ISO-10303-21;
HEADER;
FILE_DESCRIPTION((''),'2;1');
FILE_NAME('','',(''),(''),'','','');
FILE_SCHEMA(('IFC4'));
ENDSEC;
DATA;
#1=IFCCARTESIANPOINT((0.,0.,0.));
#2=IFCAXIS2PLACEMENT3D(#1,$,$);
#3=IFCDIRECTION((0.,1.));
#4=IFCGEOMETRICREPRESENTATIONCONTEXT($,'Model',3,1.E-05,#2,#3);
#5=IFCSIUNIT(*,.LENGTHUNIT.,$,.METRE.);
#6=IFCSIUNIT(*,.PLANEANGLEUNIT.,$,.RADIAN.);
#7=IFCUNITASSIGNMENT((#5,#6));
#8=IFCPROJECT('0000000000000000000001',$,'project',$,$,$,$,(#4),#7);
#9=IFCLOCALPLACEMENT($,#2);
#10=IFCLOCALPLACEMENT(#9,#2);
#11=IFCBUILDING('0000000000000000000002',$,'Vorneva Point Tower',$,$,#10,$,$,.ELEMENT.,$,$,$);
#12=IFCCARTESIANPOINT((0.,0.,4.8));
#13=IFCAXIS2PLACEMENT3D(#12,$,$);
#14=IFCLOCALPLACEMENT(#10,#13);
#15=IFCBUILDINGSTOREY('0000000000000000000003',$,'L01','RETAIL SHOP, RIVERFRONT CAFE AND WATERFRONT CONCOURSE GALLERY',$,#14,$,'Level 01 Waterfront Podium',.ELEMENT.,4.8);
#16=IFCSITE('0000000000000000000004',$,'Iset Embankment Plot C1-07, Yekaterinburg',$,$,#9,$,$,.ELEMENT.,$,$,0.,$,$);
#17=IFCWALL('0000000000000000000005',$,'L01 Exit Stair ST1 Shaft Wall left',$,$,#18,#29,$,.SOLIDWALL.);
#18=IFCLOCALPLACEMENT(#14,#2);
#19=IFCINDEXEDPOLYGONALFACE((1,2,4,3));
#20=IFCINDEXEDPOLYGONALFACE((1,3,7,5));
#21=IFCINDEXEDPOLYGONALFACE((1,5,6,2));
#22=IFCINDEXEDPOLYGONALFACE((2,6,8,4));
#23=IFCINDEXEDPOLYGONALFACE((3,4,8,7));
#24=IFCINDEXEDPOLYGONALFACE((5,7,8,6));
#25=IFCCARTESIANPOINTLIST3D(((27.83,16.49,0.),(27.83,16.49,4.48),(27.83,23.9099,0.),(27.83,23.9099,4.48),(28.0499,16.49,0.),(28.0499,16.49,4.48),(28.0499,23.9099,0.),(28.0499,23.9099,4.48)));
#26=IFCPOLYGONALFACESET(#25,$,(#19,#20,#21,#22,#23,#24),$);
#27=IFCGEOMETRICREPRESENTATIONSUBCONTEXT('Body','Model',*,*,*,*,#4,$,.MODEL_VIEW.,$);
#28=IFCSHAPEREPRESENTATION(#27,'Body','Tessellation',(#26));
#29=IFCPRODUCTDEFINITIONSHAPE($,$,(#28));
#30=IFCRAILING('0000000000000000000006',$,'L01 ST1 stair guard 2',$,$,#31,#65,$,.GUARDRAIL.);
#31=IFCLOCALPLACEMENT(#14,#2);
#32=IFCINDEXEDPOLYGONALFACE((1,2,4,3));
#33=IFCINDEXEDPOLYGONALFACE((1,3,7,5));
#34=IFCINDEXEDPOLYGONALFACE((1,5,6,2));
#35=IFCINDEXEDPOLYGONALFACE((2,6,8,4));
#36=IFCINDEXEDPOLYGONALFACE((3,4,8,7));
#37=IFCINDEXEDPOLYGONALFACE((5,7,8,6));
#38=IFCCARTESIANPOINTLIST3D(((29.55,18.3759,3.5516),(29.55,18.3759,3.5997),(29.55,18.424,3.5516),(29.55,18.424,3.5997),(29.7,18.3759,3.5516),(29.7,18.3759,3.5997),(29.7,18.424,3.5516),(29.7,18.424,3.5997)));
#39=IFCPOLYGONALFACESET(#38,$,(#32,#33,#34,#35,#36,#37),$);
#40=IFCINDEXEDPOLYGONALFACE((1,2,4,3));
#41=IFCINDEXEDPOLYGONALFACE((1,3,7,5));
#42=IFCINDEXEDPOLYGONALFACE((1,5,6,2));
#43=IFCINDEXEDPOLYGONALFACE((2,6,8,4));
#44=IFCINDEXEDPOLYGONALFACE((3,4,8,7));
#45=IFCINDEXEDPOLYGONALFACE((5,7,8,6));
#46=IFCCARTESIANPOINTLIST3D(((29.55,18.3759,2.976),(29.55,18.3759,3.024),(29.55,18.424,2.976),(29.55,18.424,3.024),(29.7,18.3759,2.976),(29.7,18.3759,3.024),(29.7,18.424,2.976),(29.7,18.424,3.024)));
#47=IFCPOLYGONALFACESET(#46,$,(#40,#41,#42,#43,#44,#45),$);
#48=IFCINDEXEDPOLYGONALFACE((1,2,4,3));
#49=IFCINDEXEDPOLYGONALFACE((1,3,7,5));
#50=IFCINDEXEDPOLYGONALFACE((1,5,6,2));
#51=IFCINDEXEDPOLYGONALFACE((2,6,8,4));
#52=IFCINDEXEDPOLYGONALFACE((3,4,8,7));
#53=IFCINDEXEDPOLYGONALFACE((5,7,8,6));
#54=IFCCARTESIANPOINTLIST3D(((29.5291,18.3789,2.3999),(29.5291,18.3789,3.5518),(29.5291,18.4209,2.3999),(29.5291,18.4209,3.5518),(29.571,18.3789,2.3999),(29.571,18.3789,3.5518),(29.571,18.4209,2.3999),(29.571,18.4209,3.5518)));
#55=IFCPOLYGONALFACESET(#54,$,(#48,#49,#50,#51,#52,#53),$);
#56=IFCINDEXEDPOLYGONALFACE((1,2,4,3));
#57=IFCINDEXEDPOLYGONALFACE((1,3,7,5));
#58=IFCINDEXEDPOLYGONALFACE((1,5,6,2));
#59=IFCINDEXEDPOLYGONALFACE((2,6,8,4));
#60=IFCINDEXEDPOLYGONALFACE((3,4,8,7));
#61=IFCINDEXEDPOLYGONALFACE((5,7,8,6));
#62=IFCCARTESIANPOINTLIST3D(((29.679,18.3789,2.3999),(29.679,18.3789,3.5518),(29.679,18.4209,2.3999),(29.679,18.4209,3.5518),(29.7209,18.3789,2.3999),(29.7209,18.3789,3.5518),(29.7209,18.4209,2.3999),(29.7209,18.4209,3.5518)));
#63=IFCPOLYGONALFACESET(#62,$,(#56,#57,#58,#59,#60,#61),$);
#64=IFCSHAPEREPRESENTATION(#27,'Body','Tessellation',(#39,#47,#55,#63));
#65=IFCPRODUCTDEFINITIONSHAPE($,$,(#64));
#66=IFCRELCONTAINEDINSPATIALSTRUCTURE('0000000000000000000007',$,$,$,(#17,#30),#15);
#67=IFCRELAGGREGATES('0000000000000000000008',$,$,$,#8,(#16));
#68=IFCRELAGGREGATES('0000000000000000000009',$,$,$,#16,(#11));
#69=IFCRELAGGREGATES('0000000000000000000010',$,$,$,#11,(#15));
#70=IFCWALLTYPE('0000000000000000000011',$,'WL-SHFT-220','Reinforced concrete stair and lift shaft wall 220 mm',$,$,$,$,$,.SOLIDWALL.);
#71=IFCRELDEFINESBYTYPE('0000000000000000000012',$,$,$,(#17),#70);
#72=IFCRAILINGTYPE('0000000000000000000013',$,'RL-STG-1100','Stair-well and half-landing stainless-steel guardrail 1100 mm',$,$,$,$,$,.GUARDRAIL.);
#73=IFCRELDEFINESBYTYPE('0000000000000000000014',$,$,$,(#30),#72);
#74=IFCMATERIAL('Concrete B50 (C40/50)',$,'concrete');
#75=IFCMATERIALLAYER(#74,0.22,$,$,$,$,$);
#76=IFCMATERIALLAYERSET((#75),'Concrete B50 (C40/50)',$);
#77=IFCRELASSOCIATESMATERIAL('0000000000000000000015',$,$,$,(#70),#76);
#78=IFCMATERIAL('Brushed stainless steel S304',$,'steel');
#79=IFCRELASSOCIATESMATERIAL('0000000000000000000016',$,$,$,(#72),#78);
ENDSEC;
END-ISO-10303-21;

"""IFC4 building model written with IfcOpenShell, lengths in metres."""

from ifc_helpers import new_model, si_unit, direction, frame, frame_2d, origin, origin_2d, place, context, subcontext, project, spatial, rectangle, extrude, material, layer, layer_set, type_object, element, save


model = new_model("IFC4")

# Units and contexts
model_context = context("Model", 3, precision=1e-05, world=origin(), true_north=direction((0.0, 1.0)))
body_context = subcontext(model_context, "Body", "Model", "MODEL_VIEW")
ifc_project = project(units=[si_unit("LENGTHUNIT", "METRE"), si_unit("PLANEANGLEUNIT", "RADIAN")], contexts=[model_context])

# Site, building, storey
site_placement = place(None, origin())
site = spatial("IfcSite", under=ifc_project, at=site_placement, Name="Iset Embankment Plot C1-07, Yekaterinburg", CompositionType="ELEMENT", RefElevation=0.0)
building_placement = place(site_placement, origin())
building = spatial("IfcBuilding", under=site, at=building_placement, Name="Vorneva Point Tower", CompositionType="ELEMENT")
storey_placement = place(building_placement, frame((0.0, 0.0, 4.8)))
storey = spatial("IfcBuildingStorey", under=building, at=storey_placement, Name="L01", Description="RETAIL SHOP, RIVERFRONT CAFE AND WATERFRONT CONCOURSE GALLERY", LongName="Level 01 Waterfront Podium", CompositionType="ELEMENT", Elevation=4.8)

# Wall
ifc_material_1 = material(Name="Concrete B50 (C40/50)", Category="concrete")
ifc_layer_1 = layer(ifc_material_1, 0.22)
ifc_layer_set_1 = layer_set([ifc_layer_1], Name="Concrete B50 (C40/50)")
wall_type_1 = type_object("IfcWallType", Name="WL-SHFT-220", Description="Reinforced concrete stair and lift shaft wall 220 mm", PredefinedType="SOLIDWALL", material=ifc_layer_set_1)
wall_1_placement = place(storey_placement, frame((27.9399, 16.49, 0.0), z_axis=(0.0, 0.0, 1.0), x_axis=(0.0, 1.0, 0.0)))
element("IfcWall", 1, at=wall_1_placement, inside=storey, type_object=wall_type_1, Name="L01 Exit Stair ST1 Shaft Wall left", PredefinedType="SOLIDWALL", context=body_context, shape_type="SweptSolid", body=[
    extrude(rectangle(XDim=7.4199, YDim=0.22, at=frame_2d((3.71, 0.0))), origin(), (0.0, 0.0, 1.0), 4.48),
])

# Railing
ifc_material_2 = material(Name="Brushed stainless steel S304", Category="steel")
railing_type = type_object("IfcRailingType", Name="RL-STG-1100", Description="Stair-well and half-landing stainless-steel guardrail 1100 mm", PredefinedType="GUARDRAIL", material=ifc_material_2)
railing_placement = place(storey_placement, frame((29.55, 18.3999, 2.3999)))
element("IfcRailing", 2, at=railing_placement, inside=storey, type_object=railing_type, Name="L01 ST1 stair guard 2", PredefinedType="GUARDRAIL", context=body_context, shape_type="SweptSolid", body=[
    extrude(rectangle(XDim=0.0481, YDim=0.0481, at=origin_2d()), frame((0.0, 0.0, 1.1758), z_axis=(1.0, 0.0, 0.0), x_axis=(0.0, 1.0, 0.0)), (0.0, 0.0, 1.0), 0.1499),
    extrude(rectangle(XDim=0.0481, YDim=0.0481, at=origin_2d()), frame((0.0, 0.0, 0.6001), z_axis=(1.0, 0.0, 0.0), x_axis=(0.0, 1.0, 0.0)), (0.0, 0.0, 1.0), 0.1499),
    extrude(rectangle(XDim=0.042, YDim=0.042, at=origin_2d()), origin(), (0.0, 0.0, 1.0), 1.1519),
    extrude(rectangle(XDim=0.042, YDim=0.042, at=origin_2d()), frame((0.1499, 0.0, 0.0)), (0.0, 0.0, 1.0), 1.1519),
])

save(model, "model.ifc")
